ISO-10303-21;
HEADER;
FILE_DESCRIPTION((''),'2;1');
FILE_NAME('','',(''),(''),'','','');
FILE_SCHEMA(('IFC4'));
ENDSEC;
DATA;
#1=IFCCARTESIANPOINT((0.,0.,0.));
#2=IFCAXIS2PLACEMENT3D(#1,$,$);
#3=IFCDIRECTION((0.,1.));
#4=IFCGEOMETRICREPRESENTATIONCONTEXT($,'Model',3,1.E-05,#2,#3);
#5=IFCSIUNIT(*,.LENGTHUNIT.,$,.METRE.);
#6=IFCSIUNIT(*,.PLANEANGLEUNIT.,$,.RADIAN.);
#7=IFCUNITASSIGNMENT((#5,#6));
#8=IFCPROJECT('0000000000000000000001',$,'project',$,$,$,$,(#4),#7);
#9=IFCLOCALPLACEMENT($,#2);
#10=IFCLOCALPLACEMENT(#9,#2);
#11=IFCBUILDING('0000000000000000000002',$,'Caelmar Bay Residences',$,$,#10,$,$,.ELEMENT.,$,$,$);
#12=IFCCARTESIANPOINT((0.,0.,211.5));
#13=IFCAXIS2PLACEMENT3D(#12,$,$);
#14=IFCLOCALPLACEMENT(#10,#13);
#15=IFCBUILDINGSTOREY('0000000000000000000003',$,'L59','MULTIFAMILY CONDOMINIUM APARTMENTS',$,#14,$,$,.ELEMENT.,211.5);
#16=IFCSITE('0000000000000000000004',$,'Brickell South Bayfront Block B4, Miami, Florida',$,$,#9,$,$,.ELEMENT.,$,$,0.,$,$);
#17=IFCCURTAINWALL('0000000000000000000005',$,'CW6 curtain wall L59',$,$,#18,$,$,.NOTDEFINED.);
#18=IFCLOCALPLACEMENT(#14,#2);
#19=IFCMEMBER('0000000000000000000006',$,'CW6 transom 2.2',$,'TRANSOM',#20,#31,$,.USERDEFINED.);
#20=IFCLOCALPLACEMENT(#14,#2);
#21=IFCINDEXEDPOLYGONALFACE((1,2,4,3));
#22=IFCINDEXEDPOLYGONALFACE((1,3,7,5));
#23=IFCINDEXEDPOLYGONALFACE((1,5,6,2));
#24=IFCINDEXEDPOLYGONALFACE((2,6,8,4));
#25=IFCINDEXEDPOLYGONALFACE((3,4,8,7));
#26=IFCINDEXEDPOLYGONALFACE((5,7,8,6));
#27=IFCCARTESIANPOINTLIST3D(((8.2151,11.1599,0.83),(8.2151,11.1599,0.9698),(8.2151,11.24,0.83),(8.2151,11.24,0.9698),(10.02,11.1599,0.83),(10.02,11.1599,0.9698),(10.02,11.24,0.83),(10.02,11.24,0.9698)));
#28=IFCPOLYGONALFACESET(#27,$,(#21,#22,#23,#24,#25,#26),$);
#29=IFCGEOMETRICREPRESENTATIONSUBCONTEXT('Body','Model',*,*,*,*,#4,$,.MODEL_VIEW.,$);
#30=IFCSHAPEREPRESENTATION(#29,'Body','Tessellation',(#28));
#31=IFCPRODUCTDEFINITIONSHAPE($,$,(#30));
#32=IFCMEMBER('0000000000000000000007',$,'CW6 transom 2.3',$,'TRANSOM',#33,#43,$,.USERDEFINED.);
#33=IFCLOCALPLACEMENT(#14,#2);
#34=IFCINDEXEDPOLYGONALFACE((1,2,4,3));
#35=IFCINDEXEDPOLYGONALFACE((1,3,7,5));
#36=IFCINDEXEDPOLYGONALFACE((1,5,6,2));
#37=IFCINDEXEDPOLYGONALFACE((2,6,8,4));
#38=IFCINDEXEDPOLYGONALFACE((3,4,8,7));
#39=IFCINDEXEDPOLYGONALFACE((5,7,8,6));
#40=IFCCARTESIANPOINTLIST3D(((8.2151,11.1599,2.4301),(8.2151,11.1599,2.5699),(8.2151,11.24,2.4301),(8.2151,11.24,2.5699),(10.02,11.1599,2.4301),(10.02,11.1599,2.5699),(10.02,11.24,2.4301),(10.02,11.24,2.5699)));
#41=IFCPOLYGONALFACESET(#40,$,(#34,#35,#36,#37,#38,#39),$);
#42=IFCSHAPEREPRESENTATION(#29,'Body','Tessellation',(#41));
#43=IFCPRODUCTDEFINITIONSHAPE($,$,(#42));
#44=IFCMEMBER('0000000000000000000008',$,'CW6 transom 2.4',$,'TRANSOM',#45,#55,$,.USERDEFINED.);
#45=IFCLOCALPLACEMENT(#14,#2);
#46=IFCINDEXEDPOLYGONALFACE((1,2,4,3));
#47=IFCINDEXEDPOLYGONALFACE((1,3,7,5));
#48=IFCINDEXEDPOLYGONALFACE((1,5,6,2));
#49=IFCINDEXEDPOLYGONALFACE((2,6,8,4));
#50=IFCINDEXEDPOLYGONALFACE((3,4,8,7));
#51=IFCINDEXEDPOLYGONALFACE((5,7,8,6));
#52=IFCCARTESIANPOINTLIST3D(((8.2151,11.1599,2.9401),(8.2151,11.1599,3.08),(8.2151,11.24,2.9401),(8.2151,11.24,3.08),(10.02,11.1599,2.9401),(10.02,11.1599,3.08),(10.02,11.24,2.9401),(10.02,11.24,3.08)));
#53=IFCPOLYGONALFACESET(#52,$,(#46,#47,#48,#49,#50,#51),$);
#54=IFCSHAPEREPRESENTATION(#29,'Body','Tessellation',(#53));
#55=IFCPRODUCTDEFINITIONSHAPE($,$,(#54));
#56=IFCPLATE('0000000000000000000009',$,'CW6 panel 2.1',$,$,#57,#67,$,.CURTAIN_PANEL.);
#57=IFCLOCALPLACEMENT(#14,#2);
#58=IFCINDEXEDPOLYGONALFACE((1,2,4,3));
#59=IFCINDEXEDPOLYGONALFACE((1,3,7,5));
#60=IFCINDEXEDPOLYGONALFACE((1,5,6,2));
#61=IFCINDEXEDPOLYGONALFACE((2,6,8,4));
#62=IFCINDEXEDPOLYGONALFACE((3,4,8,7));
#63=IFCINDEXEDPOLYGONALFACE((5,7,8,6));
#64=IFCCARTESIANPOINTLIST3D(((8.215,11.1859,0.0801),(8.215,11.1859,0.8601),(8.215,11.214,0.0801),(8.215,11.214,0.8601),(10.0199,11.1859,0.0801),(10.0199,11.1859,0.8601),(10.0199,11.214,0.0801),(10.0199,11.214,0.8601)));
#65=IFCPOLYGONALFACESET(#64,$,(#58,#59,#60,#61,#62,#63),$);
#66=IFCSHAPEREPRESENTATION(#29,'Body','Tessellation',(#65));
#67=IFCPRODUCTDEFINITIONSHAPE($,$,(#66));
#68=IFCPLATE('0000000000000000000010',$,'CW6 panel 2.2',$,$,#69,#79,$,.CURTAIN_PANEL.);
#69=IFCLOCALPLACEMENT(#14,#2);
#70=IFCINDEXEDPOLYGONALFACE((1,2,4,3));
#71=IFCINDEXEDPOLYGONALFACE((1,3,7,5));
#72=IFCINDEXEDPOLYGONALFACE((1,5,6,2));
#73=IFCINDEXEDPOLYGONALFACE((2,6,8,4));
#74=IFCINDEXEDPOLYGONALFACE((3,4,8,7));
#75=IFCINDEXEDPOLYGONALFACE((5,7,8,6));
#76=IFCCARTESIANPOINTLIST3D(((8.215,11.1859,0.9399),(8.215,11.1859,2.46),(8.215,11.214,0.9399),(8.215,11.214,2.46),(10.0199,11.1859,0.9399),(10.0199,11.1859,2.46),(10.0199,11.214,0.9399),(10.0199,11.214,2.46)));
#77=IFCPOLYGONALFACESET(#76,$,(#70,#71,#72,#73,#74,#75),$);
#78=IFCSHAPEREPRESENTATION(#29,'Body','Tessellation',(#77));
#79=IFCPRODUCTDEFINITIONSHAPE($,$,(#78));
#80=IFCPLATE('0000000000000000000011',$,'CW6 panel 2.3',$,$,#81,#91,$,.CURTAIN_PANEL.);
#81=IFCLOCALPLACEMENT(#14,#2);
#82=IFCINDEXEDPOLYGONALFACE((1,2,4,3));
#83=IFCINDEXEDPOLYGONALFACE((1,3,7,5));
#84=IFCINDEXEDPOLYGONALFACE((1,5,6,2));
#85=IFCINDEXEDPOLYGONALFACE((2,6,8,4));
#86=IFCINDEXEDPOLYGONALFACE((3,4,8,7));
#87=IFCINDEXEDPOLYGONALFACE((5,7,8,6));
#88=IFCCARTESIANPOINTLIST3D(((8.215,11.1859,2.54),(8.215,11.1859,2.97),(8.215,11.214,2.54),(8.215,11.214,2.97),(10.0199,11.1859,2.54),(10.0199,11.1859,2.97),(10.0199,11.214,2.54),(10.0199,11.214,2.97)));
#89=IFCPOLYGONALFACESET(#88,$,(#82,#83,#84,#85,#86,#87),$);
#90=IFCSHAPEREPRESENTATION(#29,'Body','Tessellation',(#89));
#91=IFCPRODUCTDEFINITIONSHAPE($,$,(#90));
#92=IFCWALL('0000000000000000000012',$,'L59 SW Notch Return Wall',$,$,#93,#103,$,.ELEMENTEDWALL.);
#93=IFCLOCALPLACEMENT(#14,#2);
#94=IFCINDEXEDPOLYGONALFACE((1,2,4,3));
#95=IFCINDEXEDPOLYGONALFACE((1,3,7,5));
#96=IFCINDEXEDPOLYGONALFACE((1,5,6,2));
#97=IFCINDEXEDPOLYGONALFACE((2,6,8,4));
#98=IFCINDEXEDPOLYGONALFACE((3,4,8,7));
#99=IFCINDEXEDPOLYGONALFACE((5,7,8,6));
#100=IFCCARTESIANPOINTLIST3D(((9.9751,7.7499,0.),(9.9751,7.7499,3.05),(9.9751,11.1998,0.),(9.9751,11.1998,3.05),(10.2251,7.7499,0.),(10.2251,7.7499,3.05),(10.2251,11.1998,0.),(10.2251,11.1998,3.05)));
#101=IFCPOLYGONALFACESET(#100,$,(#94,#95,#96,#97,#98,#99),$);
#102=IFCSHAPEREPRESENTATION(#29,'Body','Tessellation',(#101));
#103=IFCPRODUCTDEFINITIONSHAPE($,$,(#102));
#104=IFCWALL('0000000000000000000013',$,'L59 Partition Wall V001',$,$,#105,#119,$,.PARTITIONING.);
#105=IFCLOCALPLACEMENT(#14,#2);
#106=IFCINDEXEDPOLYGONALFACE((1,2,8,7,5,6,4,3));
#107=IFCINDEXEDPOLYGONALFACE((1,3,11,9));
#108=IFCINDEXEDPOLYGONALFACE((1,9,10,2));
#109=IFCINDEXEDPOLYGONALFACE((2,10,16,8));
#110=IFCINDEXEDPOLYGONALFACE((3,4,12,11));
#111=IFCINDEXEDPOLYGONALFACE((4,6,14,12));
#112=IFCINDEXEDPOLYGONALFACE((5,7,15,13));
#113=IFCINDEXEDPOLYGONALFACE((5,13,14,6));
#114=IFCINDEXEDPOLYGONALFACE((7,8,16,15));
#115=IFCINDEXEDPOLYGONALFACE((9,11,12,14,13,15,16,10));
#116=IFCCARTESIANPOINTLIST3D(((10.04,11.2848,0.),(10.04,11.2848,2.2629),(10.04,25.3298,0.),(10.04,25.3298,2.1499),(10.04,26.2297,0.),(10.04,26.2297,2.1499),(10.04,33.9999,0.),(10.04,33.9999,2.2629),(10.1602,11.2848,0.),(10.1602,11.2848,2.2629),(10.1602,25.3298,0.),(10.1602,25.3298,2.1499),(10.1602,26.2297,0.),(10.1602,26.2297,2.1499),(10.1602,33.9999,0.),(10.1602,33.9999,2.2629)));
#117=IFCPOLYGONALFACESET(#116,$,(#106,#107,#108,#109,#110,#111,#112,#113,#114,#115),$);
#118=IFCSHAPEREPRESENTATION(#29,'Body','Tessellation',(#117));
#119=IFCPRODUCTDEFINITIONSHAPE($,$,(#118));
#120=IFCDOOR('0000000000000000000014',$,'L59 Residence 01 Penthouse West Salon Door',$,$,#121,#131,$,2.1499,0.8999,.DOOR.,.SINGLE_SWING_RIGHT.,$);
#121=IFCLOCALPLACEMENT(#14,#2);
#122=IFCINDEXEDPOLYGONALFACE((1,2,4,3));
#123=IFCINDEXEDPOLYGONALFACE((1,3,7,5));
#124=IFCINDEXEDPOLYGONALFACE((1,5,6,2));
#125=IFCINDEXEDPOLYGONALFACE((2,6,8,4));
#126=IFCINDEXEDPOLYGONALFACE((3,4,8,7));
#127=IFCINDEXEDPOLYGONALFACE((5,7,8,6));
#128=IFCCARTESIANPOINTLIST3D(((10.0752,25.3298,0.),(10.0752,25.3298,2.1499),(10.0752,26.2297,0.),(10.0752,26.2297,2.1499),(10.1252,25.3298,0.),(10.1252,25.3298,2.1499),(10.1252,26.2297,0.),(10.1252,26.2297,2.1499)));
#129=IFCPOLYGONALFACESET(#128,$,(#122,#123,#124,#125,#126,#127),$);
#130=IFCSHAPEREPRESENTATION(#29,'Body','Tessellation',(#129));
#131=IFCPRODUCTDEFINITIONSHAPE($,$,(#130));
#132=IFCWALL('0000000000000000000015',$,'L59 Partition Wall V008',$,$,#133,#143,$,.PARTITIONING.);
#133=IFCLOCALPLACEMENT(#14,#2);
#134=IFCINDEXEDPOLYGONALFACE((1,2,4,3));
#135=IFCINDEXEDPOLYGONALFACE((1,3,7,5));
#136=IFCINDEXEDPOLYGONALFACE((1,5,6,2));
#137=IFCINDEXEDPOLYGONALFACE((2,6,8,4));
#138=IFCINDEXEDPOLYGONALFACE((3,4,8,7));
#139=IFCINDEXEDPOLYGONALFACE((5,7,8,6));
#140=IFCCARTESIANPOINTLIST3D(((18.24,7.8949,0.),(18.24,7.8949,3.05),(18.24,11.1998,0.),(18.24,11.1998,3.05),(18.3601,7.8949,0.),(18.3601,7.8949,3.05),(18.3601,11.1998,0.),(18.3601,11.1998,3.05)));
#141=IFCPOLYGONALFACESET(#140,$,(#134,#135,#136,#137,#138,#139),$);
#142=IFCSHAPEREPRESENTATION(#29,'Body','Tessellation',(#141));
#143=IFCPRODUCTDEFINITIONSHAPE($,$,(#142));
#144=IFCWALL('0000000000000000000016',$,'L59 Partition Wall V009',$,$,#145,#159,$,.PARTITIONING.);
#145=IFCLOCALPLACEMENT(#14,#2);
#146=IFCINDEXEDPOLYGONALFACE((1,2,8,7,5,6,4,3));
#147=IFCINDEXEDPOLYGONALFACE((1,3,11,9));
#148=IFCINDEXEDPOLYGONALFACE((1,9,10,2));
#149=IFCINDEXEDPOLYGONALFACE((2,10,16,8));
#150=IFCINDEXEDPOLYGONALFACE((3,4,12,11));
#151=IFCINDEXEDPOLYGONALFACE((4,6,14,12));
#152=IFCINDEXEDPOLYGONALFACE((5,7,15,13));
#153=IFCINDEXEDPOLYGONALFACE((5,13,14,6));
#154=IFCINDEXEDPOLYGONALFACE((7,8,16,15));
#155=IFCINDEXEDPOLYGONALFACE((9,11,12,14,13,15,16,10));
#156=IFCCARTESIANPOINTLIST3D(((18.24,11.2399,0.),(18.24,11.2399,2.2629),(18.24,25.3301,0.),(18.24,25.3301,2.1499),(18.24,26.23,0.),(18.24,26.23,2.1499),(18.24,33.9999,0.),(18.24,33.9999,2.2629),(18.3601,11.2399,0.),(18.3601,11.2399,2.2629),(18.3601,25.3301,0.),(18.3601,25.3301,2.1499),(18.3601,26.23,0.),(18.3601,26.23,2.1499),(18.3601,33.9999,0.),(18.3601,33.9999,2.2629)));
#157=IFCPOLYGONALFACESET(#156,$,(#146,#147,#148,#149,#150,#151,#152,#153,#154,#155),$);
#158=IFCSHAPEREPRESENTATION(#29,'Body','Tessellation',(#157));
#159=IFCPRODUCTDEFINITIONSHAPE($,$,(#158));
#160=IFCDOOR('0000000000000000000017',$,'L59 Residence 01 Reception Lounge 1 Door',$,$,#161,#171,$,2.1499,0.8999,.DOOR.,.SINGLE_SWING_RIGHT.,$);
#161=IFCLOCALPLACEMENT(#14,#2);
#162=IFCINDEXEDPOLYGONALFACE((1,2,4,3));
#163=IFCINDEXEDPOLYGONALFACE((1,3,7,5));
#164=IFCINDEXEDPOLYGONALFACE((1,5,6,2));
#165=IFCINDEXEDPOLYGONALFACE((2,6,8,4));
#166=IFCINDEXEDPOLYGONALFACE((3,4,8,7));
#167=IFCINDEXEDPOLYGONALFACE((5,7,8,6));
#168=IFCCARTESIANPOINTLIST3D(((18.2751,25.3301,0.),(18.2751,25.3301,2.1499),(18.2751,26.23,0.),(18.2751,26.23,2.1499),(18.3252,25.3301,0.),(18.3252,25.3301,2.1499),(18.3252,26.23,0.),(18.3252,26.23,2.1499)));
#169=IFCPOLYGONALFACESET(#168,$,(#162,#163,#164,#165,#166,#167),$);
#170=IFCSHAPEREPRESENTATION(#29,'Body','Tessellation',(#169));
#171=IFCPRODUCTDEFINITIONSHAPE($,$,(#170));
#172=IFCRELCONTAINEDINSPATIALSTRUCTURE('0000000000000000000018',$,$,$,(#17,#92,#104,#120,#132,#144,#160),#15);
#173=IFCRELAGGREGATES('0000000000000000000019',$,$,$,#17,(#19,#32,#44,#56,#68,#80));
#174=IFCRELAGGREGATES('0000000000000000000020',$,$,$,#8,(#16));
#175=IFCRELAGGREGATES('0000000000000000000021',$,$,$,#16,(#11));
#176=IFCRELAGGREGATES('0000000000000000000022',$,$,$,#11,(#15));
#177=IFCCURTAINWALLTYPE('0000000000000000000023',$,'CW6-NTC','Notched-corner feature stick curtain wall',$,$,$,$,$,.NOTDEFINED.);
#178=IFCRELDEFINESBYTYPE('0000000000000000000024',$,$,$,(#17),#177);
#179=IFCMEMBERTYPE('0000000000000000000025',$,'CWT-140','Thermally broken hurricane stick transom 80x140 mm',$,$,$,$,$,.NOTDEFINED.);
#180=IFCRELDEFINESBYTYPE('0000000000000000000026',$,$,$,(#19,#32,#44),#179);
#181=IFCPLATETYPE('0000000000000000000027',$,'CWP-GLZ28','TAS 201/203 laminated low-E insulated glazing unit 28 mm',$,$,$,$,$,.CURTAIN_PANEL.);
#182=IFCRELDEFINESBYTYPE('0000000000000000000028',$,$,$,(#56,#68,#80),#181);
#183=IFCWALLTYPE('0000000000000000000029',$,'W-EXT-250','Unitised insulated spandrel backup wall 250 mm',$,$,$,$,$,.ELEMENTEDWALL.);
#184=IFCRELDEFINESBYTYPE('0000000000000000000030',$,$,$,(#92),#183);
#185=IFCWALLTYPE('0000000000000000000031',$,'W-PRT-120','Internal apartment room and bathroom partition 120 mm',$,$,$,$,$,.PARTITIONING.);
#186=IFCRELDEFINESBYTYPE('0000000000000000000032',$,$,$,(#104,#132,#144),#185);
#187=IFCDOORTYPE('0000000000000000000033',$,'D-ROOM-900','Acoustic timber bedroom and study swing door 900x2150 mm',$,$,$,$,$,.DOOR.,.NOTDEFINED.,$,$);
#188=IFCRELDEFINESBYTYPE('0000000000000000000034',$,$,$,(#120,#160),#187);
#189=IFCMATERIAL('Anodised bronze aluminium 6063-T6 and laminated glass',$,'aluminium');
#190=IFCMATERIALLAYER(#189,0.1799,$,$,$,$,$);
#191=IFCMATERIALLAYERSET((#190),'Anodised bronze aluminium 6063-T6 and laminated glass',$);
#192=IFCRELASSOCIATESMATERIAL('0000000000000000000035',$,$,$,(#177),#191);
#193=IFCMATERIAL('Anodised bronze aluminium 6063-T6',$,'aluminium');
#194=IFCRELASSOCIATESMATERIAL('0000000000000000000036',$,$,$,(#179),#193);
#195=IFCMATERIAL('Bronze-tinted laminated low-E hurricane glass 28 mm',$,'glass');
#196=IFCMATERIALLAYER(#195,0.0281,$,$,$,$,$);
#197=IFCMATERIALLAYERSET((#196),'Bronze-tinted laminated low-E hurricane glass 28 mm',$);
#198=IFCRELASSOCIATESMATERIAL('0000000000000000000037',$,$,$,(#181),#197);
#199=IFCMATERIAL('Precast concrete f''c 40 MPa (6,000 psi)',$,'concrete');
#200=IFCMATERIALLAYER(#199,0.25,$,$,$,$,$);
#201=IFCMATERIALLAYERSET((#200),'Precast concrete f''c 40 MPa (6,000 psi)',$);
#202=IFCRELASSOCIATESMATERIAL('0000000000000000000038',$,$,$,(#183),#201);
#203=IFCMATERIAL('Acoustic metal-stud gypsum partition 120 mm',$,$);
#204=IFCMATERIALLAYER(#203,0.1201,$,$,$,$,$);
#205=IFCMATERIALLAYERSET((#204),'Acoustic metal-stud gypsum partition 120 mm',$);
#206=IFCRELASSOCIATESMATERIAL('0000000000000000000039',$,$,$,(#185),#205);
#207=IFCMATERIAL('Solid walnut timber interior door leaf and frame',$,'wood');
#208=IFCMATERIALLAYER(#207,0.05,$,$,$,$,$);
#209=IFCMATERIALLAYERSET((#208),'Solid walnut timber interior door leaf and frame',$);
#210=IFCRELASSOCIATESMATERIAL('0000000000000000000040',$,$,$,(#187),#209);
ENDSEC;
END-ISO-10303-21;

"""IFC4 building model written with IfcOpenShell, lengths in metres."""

from ifc_helpers import new_model, si_unit, direction, frame, frame_2d, origin, origin_2d, place, context, subcontext, project, spatial, rectangle, extrude, material, layer, layer_set, material_profile, profile_set, type_object, element, fill, aggregate, save


model = new_model("IFC4")

# Units and contexts
model_context = context("Model", 3, precision=1e-05, world=origin(), true_north=direction((0.0, 1.0)))
body_context = subcontext(model_context, "Body", "Model", "MODEL_VIEW")
ifc_project = project(units=[si_unit("LENGTHUNIT", "METRE"), si_unit("PLANEANGLEUNIT", "RADIAN")], contexts=[model_context])

# Site, building, storey
site_placement = place(None, origin())
site = spatial("IfcSite", under=ifc_project, at=site_placement, Name="Brickell South Bayfront Block B4, Miami, Florida", CompositionType="ELEMENT", RefElevation=0.0)
building_placement = place(site_placement, origin())
building = spatial("IfcBuilding", under=site, at=building_placement, Name="Caelmar Bay Residences", CompositionType="ELEMENT")
storey_placement = place(building_placement, frame((0.0, 0.0, 211.5)))
storey = spatial("IfcBuildingStorey", under=building, at=storey_placement, Name="L59", Description="MULTIFAMILY CONDOMINIUM APARTMENTS", CompositionType="ELEMENT", Elevation=211.5)

# Curtain wall, members, plates
ifc_material_1 = material(Name="Anodised bronze aluminium 6063-T6 and laminated glass", Category="aluminium")
ifc_layer_1 = layer(ifc_material_1, 0.1799)
ifc_layer_set_1 = layer_set([ifc_layer_1], Name="Anodised bronze aluminium 6063-T6 and laminated glass")
curtain_wall_type = type_object("IfcCurtainWallType", Name="CW6-NTC", Description="Notched-corner feature stick curtain wall", PredefinedType="NOTDEFINED", material=ifc_layer_set_1)
curtain_wall_placement = place(storey_placement, origin())
curtain_wall = element("IfcCurtainWall", 1, at=curtain_wall_placement, inside=storey, type_object=curtain_wall_type, Name="CW6 curtain wall L59", PredefinedType="NOTDEFINED")
ifc_material_2 = material(Name="Anodised bronze aluminium 6063-T6", Category="aluminium")
ifc_material_profile_1 = material_profile(ifc_material_2, rectangle(XDim=0.0801, YDim=0.1399, at=origin_2d()), Name="CWT-80X140")
ifc_profile_set_1 = profile_set([ifc_material_profile_1], Name="Anodised bronze aluminium 6063-T6")
member_type_1 = type_object("IfcMemberType", Name="CWT-140", Description="Thermally broken hurricane stick transom 80x140 mm", PredefinedType="NOTDEFINED", material=ifc_profile_set_1)
member_1_placement = place(storey_placement, frame((8.2151, 11.2, 0.8999), z_axis=(1.0, 0.0, 0.0), x_axis=(0.0, 1.0, 0.0)))
member_1 = element("IfcMember", 2, at=member_1_placement, type_object=member_type_1, Name="CW6 transom 2.2", ObjectType="TRANSOM", PredefinedType="USERDEFINED", context=body_context, shape_type="SweptSolid", body=[
    extrude(rectangle(XDim=0.0801, YDim=0.1399, at=origin_2d()), origin(), (0.0, 0.0, 1.0), 1.8049),
])
member_2_placement = place(storey_placement, frame((8.2151, 11.2, 2.5), z_axis=(1.0, 0.0, 0.0), x_axis=(0.0, 1.0, 0.0)))
member_2 = element("IfcMember", 3, at=member_2_placement, type_object=member_type_1, Name="CW6 transom 2.3", ObjectType="TRANSOM", PredefinedType="USERDEFINED", context=body_context, shape_type="SweptSolid", body=[
    extrude(rectangle(XDim=0.0801, YDim=0.1399, at=origin_2d()), origin(), (0.0, 0.0, 1.0), 1.8049),
])
member_3_placement = place(storey_placement, frame((8.2151, 11.2, 3.01), z_axis=(1.0, 0.0, 0.0), x_axis=(0.0, 1.0, 0.0)))
member_3 = element("IfcMember", 4, at=member_3_placement, type_object=member_type_1, Name="CW6 transom 2.4", ObjectType="TRANSOM", PredefinedType="USERDEFINED", context=body_context, shape_type="SweptSolid", body=[
    extrude(rectangle(XDim=0.0801, YDim=0.1399, at=origin_2d()), origin(), (0.0, 0.0, 1.0), 1.8049),
])
ifc_material_3 = material(Name="Bronze-tinted laminated low-E hurricane glass 28 mm", Category="glass")
ifc_layer_2 = layer(ifc_material_3, 0.0281)
ifc_layer_set_2 = layer_set([ifc_layer_2], Name="Bronze-tinted laminated low-E hurricane glass 28 mm")
plate_type = type_object("IfcPlateType", Name="CWP-GLZ28", Description="TAS 201/203 laminated low-E insulated glazing unit 28 mm", PredefinedType="CURTAIN_PANEL", material=ifc_layer_set_2)
plate_1_placement = place(storey_placement, frame((9.1174, 11.2, 0.0801), z_axis=(0.0, 0.0, 1.0), x_axis=(1.0, 0.0, 0.0)))
plate_1 = element("IfcPlate", 5, at=plate_1_placement, type_object=plate_type, Name="CW6 panel 2.1", PredefinedType="CURTAIN_PANEL", context=body_context, shape_type="SweptSolid", body=[
    extrude(rectangle(XDim=1.8049, YDim=0.0281, at=origin_2d()), origin(), (0.0, 0.0, 1.0), 0.78),
])
plate_2_placement = place(storey_placement, frame((9.1174, 11.2, 0.9399), z_axis=(0.0, 0.0, 1.0), x_axis=(1.0, 0.0, 0.0)))
plate_2 = element("IfcPlate", 6, at=plate_2_placement, type_object=plate_type, Name="CW6 panel 2.2", PredefinedType="CURTAIN_PANEL", context=body_context, shape_type="SweptSolid", body=[
    extrude(rectangle(XDim=1.8049, YDim=0.0281, at=origin_2d()), origin(), (0.0, 0.0, 1.0), 1.52),
])
plate_3_placement = place(storey_placement, frame((9.1174, 11.2, 2.54), z_axis=(0.0, 0.0, 1.0), x_axis=(1.0, 0.0, 0.0)))
plate_3 = element("IfcPlate", 7, at=plate_3_placement, type_object=plate_type, Name="CW6 panel 2.3", PredefinedType="CURTAIN_PANEL", context=body_context, shape_type="SweptSolid", body=[
    extrude(rectangle(XDim=1.8049, YDim=0.0281, at=origin_2d()), origin(), (0.0, 0.0, 1.0), 0.4299),
])
aggregate(curtain_wall, [member_1, member_2, member_3, plate_1, plate_2, plate_3])

# Wall
ifc_material_4 = material(Name="Precast concrete f'c 40 MPa (6,000 psi)", Category="concrete")
ifc_layer_3 = layer(ifc_material_4, 0.25)
ifc_layer_set_3 = layer_set([ifc_layer_3], Name="Precast concrete f'c 40 MPa (6,000 psi)")
wall_type_1 = type_object("IfcWallType", Name="W-EXT-250", Description="Unitised insulated spandrel backup wall 250 mm", PredefinedType="ELEMENTEDWALL", material=ifc_layer_set_3)
wall_1_placement = place(storey_placement, frame((10.1001, 11.2, 0.0), z_axis=(0.0, 0.0, 1.0), x_axis=(0.0, -1.0, 0.0)))
element("IfcWall", 8, at=wall_1_placement, inside=storey, type_object=wall_type_1, Name="L59 SW Notch Return Wall", PredefinedType="ELEMENTEDWALL", context=body_context, shape_type="SweptSolid", body=[
    extrude(rectangle(XDim=3.45, YDim=0.25, at=frame_2d((1.7251, 0.0))), origin(), (0.0, 0.0, 1.0), 3.05),
])

# Wall, opening, door
ifc_material_5 = material(Name="Acoustic metal-stud gypsum partition 120 mm")
ifc_layer_4 = layer(ifc_material_5, 0.1201)
ifc_layer_set_4 = layer_set([ifc_layer_4], Name="Acoustic metal-stud gypsum partition 120 mm")
wall_type_2 = type_object("IfcWallType", Name="W-PRT-120", Description="Internal apartment room and bathroom partition 120 mm", PredefinedType="PARTITIONING", material=ifc_layer_set_4)
wall_2_placement = place(storey_placement, frame((10.1001, 11.2849, 0.0), z_axis=(0.0, 0.0, 1.0), x_axis=(0.0, 1.0, 0.0)))
wall_2 = element("IfcWall", 9, at=wall_2_placement, inside=storey, type_object=wall_type_2, Name="L59 Partition Wall V001", PredefinedType="PARTITIONING", context=body_context, shape_type="SweptSolid", body=[
    extrude(rectangle(XDim=22.7151, YDim=0.1201, at=frame_2d((11.3574, 0.0))), origin(), (0.0, 0.0, 1.0), 2.2629),
])
opening_1_placement = place(wall_2_placement, frame((14.0449, 0.0, 0.0)))
opening_1 = element("IfcOpeningElement", 10, at=opening_1_placement, cuts=wall_2, PredefinedType="OPENING", context=body_context, shape_type="SweptSolid", body=[
    extrude(rectangle(XDim=0.8999, YDim=2.1499, at=frame_2d((0.45, 1.075))), frame((0.0, 0.0701, 0.0), z_axis=(0.0, -1.0, 0.0), x_axis=(1.0, 0.0, 0.0)), (0.0, 0.0, 1.0), 0.1401),
])
ifc_material_6 = material(Name="Solid walnut timber interior door leaf and frame", Category="wood")
ifc_layer_5 = layer(ifc_material_6, 0.05)
ifc_layer_set_5 = layer_set([ifc_layer_5], Name="Solid walnut timber interior door leaf and frame")
door_type = type_object("IfcDoorType", Name="D-ROOM-900", Description="Acoustic timber bedroom and study swing door 900x2150 mm", OperationType="NOTDEFINED", PredefinedType="DOOR", material=ifc_layer_set_5)
door_1_placement = place(opening_1_placement, origin())
door_1 = element("IfcDoor", 11, at=door_1_placement, inside=storey, type_object=door_type, Name="L59 Residence 01 Penthouse West Salon Door", OperationType="SINGLE_SWING_RIGHT", OverallHeight=2.1499, OverallWidth=0.8999, PredefinedType="DOOR", context=body_context, shape_type="SweptSolid", body=[
    extrude(rectangle(XDim=0.8999, YDim=2.1499, at=frame_2d((0.45, 1.075))), frame((0.0, 0.0249, 0.0), z_axis=(0.0, -1.0, 0.0), x_axis=(1.0, 0.0, 0.0)), (0.0, 0.0, 1.0), 0.05),
])
fill(opening_1, door_1)

# Wall
wall_3_placement = place(storey_placement, frame((18.3, 7.895, 0.0), z_axis=(0.0, 0.0, 1.0), x_axis=(0.0, 1.0, 0.0)))
element("IfcWall", 12, at=wall_3_placement, inside=storey, type_object=wall_type_2, Name="L59 Partition Wall V008", PredefinedType="PARTITIONING", context=body_context, shape_type="SweptSolid", body=[
    extrude(rectangle(XDim=3.3049, YDim=0.1201, at=frame_2d((1.6523, 0.0))), origin(), (0.0, 0.0, 1.0), 3.05),
])

# Wall, opening, door
wall_4_placement = place(storey_placement, frame((18.3, 11.24, 0.0), z_axis=(0.0, 0.0, 1.0), x_axis=(0.0, 1.0, 0.0)))
wall_4 = element("IfcWall", 13, at=wall_4_placement, inside=storey, type_object=wall_type_2, Name="L59 Partition Wall V009", PredefinedType="PARTITIONING", context=body_context, shape_type="SweptSolid", body=[
    extrude(rectangle(XDim=22.76, YDim=0.1201, at=frame_2d((11.3799, 0.0))), origin(), (0.0, 0.0, 1.0), 2.2629),
])
opening_2_placement = place(wall_4_placement, frame((14.0901, 0.0, 0.0)))
opening_2 = element("IfcOpeningElement", 14, at=opening_2_placement, cuts=wall_4, PredefinedType="OPENING", context=body_context, shape_type="SweptSolid", body=[
    extrude(rectangle(XDim=0.8999, YDim=2.1499, at=frame_2d((0.45, 1.075))), frame((0.0, 0.0701, 0.0), z_axis=(0.0, -1.0, 0.0), x_axis=(1.0, 0.0, 0.0)), (0.0, 0.0, 1.0), 0.1401),
])
door_2_placement = place(opening_2_placement, origin())
door_2 = element("IfcDoor", 15, at=door_2_placement, inside=storey, type_object=door_type, Name="L59 Residence 01 Reception Lounge 1 Door", OperationType="SINGLE_SWING_RIGHT", OverallHeight=2.1499, OverallWidth=0.8999, PredefinedType="DOOR", context=body_context, shape_type="SweptSolid", body=[
    extrude(rectangle(XDim=0.8999, YDim=2.1499, at=frame_2d((0.45, 1.075))), frame((0.0, 0.0249, 0.0), z_axis=(0.0, -1.0, 0.0), x_axis=(1.0, 0.0, 0.0)), (0.0, 0.0, 1.0), 0.05),
])
fill(opening_2, door_2)

save(model, "model.ifc")
